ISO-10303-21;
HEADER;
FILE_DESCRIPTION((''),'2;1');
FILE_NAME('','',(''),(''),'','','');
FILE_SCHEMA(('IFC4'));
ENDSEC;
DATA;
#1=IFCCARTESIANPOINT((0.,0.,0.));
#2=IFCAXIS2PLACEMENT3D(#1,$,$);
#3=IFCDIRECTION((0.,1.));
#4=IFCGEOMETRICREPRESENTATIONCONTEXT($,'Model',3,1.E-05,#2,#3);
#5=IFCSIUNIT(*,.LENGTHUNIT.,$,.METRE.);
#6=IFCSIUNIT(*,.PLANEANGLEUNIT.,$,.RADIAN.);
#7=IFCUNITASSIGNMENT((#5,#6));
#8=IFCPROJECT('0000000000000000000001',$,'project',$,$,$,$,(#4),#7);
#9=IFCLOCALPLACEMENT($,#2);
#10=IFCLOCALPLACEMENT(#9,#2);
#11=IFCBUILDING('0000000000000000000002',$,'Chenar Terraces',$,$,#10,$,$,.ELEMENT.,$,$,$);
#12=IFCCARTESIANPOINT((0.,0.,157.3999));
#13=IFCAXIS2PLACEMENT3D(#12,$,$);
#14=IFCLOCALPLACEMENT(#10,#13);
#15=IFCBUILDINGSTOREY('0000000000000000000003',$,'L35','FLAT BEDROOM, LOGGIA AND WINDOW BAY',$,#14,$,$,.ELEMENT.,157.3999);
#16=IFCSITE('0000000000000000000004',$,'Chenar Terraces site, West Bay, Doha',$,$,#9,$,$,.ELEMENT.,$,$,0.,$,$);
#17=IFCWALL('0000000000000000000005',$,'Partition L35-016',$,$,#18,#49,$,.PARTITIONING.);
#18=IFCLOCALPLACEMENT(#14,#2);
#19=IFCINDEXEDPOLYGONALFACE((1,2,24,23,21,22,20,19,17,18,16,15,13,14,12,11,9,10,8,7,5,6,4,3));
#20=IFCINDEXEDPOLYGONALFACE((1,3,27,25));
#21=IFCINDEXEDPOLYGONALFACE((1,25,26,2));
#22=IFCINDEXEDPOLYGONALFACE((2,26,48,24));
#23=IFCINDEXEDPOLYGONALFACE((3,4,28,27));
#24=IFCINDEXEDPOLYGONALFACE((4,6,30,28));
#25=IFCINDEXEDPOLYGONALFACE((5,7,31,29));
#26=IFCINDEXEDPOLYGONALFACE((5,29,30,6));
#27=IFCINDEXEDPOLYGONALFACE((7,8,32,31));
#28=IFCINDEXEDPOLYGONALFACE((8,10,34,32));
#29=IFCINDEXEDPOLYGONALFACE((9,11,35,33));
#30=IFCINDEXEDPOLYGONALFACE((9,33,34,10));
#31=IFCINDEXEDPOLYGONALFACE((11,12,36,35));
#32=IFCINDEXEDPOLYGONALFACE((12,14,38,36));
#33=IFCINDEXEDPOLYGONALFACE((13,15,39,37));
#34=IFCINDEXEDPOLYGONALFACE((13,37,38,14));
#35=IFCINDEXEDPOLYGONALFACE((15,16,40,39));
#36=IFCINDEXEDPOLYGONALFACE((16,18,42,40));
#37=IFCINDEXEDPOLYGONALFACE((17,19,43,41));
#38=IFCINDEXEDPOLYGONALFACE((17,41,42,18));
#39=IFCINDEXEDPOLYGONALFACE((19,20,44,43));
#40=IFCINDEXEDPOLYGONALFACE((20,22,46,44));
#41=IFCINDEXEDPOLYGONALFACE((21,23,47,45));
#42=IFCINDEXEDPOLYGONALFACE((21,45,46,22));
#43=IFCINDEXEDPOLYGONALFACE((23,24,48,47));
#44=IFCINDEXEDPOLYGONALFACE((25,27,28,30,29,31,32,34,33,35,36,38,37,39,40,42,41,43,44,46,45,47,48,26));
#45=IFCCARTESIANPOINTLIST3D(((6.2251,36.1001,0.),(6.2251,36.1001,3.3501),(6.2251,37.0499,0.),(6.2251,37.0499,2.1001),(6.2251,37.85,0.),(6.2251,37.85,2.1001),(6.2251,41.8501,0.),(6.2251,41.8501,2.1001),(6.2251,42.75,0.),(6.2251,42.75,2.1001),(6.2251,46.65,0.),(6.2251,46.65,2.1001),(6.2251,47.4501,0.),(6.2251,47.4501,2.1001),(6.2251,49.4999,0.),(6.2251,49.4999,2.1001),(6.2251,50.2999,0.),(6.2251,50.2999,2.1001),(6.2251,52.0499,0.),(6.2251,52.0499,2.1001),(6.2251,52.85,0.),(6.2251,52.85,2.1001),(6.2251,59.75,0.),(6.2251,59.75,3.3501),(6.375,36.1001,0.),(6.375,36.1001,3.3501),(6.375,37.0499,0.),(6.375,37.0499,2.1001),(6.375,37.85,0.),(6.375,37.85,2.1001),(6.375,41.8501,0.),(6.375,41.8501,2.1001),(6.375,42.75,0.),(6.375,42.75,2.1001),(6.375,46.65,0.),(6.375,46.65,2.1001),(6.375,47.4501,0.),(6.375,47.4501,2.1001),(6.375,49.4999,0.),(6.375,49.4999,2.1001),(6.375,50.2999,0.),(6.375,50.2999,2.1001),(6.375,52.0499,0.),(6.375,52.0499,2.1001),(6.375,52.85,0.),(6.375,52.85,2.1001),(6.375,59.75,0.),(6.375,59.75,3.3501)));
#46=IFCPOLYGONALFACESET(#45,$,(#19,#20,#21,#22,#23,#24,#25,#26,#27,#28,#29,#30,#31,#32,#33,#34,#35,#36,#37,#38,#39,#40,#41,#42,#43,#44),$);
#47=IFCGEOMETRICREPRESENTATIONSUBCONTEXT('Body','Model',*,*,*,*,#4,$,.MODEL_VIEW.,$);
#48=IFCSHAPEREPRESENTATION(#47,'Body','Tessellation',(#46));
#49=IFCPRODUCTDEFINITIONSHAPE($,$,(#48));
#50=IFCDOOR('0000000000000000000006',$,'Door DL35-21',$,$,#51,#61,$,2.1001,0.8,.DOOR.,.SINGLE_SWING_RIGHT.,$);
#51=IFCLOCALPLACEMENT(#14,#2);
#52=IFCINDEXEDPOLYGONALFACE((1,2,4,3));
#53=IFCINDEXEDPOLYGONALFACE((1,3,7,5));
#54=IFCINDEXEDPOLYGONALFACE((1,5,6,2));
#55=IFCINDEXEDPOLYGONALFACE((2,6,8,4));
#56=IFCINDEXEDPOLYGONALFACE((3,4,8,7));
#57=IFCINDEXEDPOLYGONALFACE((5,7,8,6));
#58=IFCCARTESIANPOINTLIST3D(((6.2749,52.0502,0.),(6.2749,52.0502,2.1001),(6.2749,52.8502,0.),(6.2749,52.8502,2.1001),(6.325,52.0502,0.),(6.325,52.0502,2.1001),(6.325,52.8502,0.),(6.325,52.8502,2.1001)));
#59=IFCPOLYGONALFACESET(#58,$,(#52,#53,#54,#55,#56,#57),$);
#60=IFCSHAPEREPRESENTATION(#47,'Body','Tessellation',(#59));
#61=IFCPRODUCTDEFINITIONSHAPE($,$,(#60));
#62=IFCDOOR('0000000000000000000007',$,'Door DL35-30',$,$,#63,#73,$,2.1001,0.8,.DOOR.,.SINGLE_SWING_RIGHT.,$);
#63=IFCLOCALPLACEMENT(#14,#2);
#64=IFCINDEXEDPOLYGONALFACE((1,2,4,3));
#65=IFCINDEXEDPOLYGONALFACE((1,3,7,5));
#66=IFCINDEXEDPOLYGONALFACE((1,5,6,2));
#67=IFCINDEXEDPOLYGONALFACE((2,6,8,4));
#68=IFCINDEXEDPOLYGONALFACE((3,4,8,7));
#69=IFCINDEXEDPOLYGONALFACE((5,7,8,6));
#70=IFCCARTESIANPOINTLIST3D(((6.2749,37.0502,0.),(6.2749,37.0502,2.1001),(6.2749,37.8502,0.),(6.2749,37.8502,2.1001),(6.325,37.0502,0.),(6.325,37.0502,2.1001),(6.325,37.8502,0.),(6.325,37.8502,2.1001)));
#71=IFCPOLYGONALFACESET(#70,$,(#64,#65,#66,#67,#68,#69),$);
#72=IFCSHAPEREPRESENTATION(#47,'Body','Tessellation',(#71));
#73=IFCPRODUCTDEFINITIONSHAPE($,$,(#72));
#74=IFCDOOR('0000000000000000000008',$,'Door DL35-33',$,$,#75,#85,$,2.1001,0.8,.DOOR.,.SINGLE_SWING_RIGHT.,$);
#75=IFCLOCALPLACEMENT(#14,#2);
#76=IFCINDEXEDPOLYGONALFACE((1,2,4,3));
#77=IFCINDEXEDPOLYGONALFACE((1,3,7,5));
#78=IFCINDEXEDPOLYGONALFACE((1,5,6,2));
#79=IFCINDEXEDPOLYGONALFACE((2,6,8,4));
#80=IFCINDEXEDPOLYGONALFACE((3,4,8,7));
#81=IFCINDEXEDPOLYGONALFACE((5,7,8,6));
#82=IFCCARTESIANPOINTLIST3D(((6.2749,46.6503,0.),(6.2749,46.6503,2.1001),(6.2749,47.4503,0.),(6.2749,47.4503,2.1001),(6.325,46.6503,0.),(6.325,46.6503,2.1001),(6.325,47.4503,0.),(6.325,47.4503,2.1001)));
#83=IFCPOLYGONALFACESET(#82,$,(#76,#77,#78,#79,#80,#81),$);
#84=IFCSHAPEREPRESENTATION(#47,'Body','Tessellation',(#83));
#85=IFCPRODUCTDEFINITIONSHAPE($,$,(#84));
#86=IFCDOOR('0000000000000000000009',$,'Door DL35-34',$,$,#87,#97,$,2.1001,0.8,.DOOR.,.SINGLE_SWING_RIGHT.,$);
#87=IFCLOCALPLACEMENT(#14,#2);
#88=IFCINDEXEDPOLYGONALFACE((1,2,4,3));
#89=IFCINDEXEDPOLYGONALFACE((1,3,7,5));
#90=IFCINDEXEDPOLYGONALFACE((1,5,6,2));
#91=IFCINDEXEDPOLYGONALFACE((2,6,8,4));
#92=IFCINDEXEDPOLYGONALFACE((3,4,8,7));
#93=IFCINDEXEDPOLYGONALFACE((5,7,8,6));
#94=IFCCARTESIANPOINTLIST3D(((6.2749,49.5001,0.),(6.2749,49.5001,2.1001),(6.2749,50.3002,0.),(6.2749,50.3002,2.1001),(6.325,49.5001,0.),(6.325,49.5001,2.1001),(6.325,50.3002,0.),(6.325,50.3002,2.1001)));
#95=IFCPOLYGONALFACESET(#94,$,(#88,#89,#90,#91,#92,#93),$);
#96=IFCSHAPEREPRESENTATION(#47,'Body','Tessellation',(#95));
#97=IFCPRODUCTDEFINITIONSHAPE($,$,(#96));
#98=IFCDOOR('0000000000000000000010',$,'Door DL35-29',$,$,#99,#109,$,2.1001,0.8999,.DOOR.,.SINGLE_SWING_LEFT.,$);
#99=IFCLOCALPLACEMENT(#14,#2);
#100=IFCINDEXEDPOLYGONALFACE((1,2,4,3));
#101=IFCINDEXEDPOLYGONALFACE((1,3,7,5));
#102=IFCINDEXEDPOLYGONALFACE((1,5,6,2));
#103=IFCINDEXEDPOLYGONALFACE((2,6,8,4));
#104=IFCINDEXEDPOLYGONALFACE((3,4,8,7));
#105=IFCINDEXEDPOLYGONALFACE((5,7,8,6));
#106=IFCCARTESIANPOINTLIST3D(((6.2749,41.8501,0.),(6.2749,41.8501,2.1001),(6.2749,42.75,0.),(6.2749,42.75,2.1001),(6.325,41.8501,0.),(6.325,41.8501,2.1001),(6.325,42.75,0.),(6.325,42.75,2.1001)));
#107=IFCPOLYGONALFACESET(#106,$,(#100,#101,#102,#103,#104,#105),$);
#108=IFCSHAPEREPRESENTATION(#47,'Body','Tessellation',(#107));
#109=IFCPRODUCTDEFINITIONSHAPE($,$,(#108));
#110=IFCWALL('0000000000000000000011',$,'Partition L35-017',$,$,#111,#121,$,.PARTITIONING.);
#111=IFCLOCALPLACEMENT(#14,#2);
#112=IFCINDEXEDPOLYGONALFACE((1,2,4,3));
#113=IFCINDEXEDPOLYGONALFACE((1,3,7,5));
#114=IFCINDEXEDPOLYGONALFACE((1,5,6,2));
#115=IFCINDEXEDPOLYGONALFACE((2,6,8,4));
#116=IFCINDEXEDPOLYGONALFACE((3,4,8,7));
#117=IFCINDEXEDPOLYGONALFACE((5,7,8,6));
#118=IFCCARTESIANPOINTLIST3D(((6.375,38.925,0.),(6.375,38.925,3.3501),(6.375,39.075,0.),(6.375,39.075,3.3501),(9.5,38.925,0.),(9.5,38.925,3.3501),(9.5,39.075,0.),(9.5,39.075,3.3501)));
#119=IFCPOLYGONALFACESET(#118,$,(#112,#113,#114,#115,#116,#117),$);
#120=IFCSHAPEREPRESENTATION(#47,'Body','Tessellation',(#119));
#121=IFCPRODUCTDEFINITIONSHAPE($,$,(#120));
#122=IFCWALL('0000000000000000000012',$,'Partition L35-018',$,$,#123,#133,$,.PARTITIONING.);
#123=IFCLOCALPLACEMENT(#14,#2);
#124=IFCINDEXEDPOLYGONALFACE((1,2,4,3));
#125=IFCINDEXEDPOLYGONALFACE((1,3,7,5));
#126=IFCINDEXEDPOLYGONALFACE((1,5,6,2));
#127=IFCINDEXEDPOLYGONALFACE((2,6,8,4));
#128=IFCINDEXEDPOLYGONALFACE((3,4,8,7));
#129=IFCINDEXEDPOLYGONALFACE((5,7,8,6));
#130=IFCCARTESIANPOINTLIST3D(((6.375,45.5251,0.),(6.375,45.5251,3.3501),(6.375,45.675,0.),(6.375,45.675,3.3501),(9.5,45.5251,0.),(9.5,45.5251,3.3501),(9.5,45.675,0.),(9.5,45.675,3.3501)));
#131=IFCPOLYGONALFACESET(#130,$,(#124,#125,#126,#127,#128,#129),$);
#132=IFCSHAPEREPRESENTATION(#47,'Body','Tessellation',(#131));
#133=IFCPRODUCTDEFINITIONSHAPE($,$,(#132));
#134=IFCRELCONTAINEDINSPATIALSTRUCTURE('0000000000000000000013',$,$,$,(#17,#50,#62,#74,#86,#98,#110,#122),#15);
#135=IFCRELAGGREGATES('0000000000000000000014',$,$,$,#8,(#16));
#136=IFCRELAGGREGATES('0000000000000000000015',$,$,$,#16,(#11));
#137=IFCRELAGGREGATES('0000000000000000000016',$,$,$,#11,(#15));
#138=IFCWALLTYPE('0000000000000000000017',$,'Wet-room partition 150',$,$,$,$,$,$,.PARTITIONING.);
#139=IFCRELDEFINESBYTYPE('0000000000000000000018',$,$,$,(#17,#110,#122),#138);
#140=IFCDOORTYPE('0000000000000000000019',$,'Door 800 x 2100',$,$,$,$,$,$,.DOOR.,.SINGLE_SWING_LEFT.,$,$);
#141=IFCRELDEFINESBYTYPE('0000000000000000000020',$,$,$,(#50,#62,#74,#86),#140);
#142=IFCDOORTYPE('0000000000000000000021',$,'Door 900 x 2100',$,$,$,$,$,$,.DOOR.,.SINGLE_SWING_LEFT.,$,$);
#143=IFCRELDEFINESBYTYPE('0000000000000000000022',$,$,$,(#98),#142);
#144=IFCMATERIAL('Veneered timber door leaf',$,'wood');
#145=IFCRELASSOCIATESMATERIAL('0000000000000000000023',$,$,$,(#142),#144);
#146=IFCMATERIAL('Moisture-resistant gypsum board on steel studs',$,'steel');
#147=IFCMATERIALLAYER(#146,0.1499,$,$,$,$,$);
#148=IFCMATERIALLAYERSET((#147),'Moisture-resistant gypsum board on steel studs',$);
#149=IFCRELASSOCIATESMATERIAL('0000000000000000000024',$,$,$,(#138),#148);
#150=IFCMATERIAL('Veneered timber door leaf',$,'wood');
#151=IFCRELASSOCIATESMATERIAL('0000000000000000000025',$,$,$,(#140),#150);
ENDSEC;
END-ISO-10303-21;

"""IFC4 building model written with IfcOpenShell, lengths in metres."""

from ifc_helpers import new_model, si_unit, direction, frame, frame_2d, origin, place, context, subcontext, project, spatial, rectangle, extrude, material, layer, layer_set, type_object, element, fill, save


model = new_model("IFC4")

# Units and contexts
model_context = context("Model", 3, precision=1e-05, world=origin(), true_north=direction((0.0, 1.0)))
body_context = subcontext(model_context, "Body", "Model", "MODEL_VIEW")
ifc_project = project(units=[si_unit("LENGTHUNIT", "METRE"), si_unit("PLANEANGLEUNIT", "RADIAN")], contexts=[model_context])

# Site, building, storey
site_placement = place(None, origin())
site = spatial("IfcSite", under=ifc_project, at=site_placement, Name="Chenar Terraces site, West Bay, Doha", CompositionType="ELEMENT", RefElevation=0.0)
building_placement = place(site_placement, origin())
building = spatial("IfcBuilding", under=site, at=building_placement, Name="Chenar Terraces", CompositionType="ELEMENT")
storey_placement = place(building_placement, frame((0.0, 0.0, 157.3999)))
storey = spatial("IfcBuildingStorey", under=building, at=storey_placement, Name="L35", Description="FLAT BEDROOM, LOGGIA AND WINDOW BAY", CompositionType="ELEMENT", Elevation=157.3999)

# Shared definitions
ifc_material_1 = material(Name="Veneered timber door leaf", Category="wood")
door_type_1 = type_object("IfcDoorType", Name="Door 900 x 2100", OperationType="SINGLE_SWING_LEFT", PredefinedType="DOOR", material=ifc_material_1)

# Wall, openings, doors
ifc_material_2 = material(Name="Moisture-resistant gypsum board on steel studs", Category="steel")
ifc_layer_1 = layer(ifc_material_2, 0.1499)
ifc_layer_set_1 = layer_set([ifc_layer_1], Name="Moisture-resistant gypsum board on steel studs")
wall_type_1 = type_object("IfcWallType", Name="Wet-room partition 150", PredefinedType="PARTITIONING", material=ifc_layer_set_1)
wall_1_placement = place(storey_placement, frame((6.3, 36.1001, 0.0), z_axis=(0.0, 0.0, 1.0), x_axis=(0.0, 1.0, 0.0)))
wall_1 = element("IfcWall", 1, at=wall_1_placement, inside=storey, type_object=wall_type_1, Name="Partition L35-016", PredefinedType="PARTITIONING", context=body_context, shape_type="SweptSolid", body=[
    extrude(rectangle(XDim=23.6499, YDim=0.1499, at=frame_2d((11.825, 0.0))), origin(), (0.0, 0.0, 1.0), 3.3501),
])
opening_1_placement = place(wall_1_placement, frame((15.95, 0.0, 0.0)))
opening_1 = element("IfcOpeningElement", 2, at=opening_1_placement, cuts=wall_1, PredefinedType="OPENING", context=body_context, shape_type="SweptSolid", body=[
    extrude(rectangle(XDim=0.8, YDim=2.1001, at=frame_2d((0.3999, 1.05))), frame((0.0, 0.085, 0.0), z_axis=(0.0, -1.0, 0.0), x_axis=(1.0, 0.0, 0.0)), (0.0, 0.0, 1.0), 0.1699),
])
opening_2_placement = place(wall_1_placement, frame((5.75, 0.0, 0.0)))
opening_2 = element("IfcOpeningElement", 3, at=opening_2_placement, cuts=wall_1, PredefinedType="OPENING", context=body_context, shape_type="SweptSolid", body=[
    extrude(rectangle(XDim=0.8999, YDim=2.1001, at=frame_2d((0.45, 1.05))), frame((0.0, 0.085, 0.0), z_axis=(0.0, -1.0, 0.0), x_axis=(1.0, 0.0, 0.0)), (0.0, 0.0, 1.0), 0.1699),
])
opening_3_placement = place(wall_1_placement, frame((0.95, 0.0, 0.0)))
opening_3 = element("IfcOpeningElement", 4, at=opening_3_placement, cuts=wall_1, PredefinedType="OPENING", context=body_context, shape_type="SweptSolid", body=[
    extrude(rectangle(XDim=0.8, YDim=2.1001, at=frame_2d((0.3999, 1.05))), frame((0.0, 0.085, 0.0), z_axis=(0.0, -1.0, 0.0), x_axis=(1.0, 0.0, 0.0)), (0.0, 0.0, 1.0), 0.1699),
])
opening_4_placement = place(wall_1_placement, frame((10.55, 0.0, 0.0)))
opening_4 = element("IfcOpeningElement", 5, at=opening_4_placement, cuts=wall_1, PredefinedType="OPENING", context=body_context, shape_type="SweptSolid", body=[
    extrude(rectangle(XDim=0.8, YDim=2.1001, at=frame_2d((0.3999, 1.05))), frame((0.0, 0.085, 0.0), z_axis=(0.0, -1.0, 0.0), x_axis=(1.0, 0.0, 0.0)), (0.0, 0.0, 1.0), 0.1699),
])
opening_5_placement = place(wall_1_placement, frame((13.3999, 0.0, 0.0)))
opening_5 = element("IfcOpeningElement", 6, at=opening_5_placement, cuts=wall_1, PredefinedType="OPENING", context=body_context, shape_type="SweptSolid", body=[
    extrude(rectangle(XDim=0.8, YDim=2.1001, at=frame_2d((0.3999, 1.05))), frame((0.0, 0.085, 0.0), z_axis=(0.0, -1.0, 0.0), x_axis=(1.0, 0.0, 0.0)), (0.0, 0.0, 1.0), 0.1699),
])
ifc_material_3 = material(Name="Veneered timber door leaf", Category="wood")
door_type_2 = type_object("IfcDoorType", Name="Door 800 x 2100", OperationType="SINGLE_SWING_LEFT", PredefinedType="DOOR", material=ifc_material_3)
door_1_placement = place(opening_1_placement, frame((0.8, 0.0, 0.0), z_axis=(0.0, 0.0, 1.0), x_axis=(-1.0, 0.0, 0.0)))
door_1 = element("IfcDoor", 7, at=door_1_placement, inside=storey, type_object=door_type_2, Name="Door DL35-21", OperationType="SINGLE_SWING_RIGHT", OverallHeight=2.1001, OverallWidth=0.8, PredefinedType="DOOR", context=body_context, shape_type="SweptSolid", body=[
    extrude(rectangle(XDim=0.8, YDim=2.1001, at=frame_2d((0.3999, 1.05))), frame((0.0, 0.0249, 0.0), z_axis=(0.0, -1.0, 0.0), x_axis=(1.0, 0.0, 0.0)), (0.0, 0.0, 1.0), 0.05),
])
fill(opening_1, door_1)
door_2_placement = place(opening_3_placement, frame((0.8, 0.0, 0.0), z_axis=(0.0, 0.0, 1.0), x_axis=(-1.0, 0.0, 0.0)))
door_2 = element("IfcDoor", 8, at=door_2_placement, inside=storey, type_object=door_type_2, Name="Door DL35-30", OperationType="SINGLE_SWING_RIGHT", OverallHeight=2.1001, OverallWidth=0.8, PredefinedType="DOOR", context=body_context, shape_type="SweptSolid", body=[
    extrude(rectangle(XDim=0.8, YDim=2.1001, at=frame_2d((0.3999, 1.05))), frame((0.0, 0.0249, 0.0), z_axis=(0.0, -1.0, 0.0), x_axis=(1.0, 0.0, 0.0)), (0.0, 0.0, 1.0), 0.05),
])
fill(opening_3, door_2)
door_3_placement = place(opening_4_placement, frame((0.8, 0.0, 0.0), z_axis=(0.0, 0.0, 1.0), x_axis=(-1.0, 0.0, 0.0)))
door_3 = element("IfcDoor", 9, at=door_3_placement, inside=storey, type_object=door_type_2, Name="Door DL35-33", OperationType="SINGLE_SWING_RIGHT", OverallHeight=2.1001, OverallWidth=0.8, PredefinedType="DOOR", context=body_context, shape_type="SweptSolid", body=[
    extrude(rectangle(XDim=0.8, YDim=2.1001, at=frame_2d((0.3999, 1.05))), frame((0.0, 0.0249, 0.0), z_axis=(0.0, -1.0, 0.0), x_axis=(1.0, 0.0, 0.0)), (0.0, 0.0, 1.0), 0.05),
])
fill(opening_4, door_3)
door_4_placement = place(opening_5_placement, frame((0.8, 0.0, 0.0), z_axis=(0.0, 0.0, 1.0), x_axis=(-1.0, 0.0, 0.0)))
door_4 = element("IfcDoor", 10, at=door_4_placement, inside=storey, type_object=door_type_2, Name="Door DL35-34", OperationType="SINGLE_SWING_RIGHT", OverallHeight=2.1001, OverallWidth=0.8, PredefinedType="DOOR", context=body_context, shape_type="SweptSolid", body=[
    extrude(rectangle(XDim=0.8, YDim=2.1001, at=frame_2d((0.3999, 1.05))), frame((0.0, 0.0249, 0.0), z_axis=(0.0, -1.0, 0.0), x_axis=(1.0, 0.0, 0.0)), (0.0, 0.0, 1.0), 0.05),
])
fill(opening_5, door_4)
door_5_placement = place(opening_2_placement, frame((0.8999, 0.0, 0.0), z_axis=(0.0, 0.0, 1.0), x_axis=(-1.0, 0.0, 0.0)))
door_5 = element("IfcDoor", 11, at=door_5_placement, inside=storey, type_object=door_type_1, Name="Door DL35-29", OperationType="SINGLE_SWING_LEFT", OverallHeight=2.1001, OverallWidth=0.8999, PredefinedType="DOOR", context=body_context, shape_type="SweptSolid", body=[
    extrude(rectangle(XDim=0.8999, YDim=2.1001, at=frame_2d((0.45, 1.05))), frame((0.0, 0.0249, 0.0), z_axis=(0.0, -1.0, 0.0), x_axis=(1.0, 0.0, 0.0)), (0.0, 0.0, 1.0), 0.05),
])
fill(opening_2, door_5)

# Walls
for number, where, z_axis, x_axis, name in (
    (12, (6.375, 39.0, 0.0), (0.0, 0.0, 1.0), (1.0, 0.0, 0.0), "Partition L35-017"),
    (13, (6.375, 45.6001, 0.0), (0.0, 0.0, 1.0), (1.0, 0.0, 0.0), "Partition L35-018"),
):
    element("IfcWall", number, at=place(storey_placement, frame(where, z_axis=z_axis, x_axis=x_axis)), inside=storey, type_object=wall_type_1, Name=name, PredefinedType="PARTITIONING", context=body_context, shape_type="SweptSolid", body=[
        extrude(rectangle(XDim=3.125, YDim=0.1499, at=frame_2d((1.5625, 0.0))), origin(), (0.0, 0.0, 1.0), 3.3501),
    ])

save(model, "model.ifc")
